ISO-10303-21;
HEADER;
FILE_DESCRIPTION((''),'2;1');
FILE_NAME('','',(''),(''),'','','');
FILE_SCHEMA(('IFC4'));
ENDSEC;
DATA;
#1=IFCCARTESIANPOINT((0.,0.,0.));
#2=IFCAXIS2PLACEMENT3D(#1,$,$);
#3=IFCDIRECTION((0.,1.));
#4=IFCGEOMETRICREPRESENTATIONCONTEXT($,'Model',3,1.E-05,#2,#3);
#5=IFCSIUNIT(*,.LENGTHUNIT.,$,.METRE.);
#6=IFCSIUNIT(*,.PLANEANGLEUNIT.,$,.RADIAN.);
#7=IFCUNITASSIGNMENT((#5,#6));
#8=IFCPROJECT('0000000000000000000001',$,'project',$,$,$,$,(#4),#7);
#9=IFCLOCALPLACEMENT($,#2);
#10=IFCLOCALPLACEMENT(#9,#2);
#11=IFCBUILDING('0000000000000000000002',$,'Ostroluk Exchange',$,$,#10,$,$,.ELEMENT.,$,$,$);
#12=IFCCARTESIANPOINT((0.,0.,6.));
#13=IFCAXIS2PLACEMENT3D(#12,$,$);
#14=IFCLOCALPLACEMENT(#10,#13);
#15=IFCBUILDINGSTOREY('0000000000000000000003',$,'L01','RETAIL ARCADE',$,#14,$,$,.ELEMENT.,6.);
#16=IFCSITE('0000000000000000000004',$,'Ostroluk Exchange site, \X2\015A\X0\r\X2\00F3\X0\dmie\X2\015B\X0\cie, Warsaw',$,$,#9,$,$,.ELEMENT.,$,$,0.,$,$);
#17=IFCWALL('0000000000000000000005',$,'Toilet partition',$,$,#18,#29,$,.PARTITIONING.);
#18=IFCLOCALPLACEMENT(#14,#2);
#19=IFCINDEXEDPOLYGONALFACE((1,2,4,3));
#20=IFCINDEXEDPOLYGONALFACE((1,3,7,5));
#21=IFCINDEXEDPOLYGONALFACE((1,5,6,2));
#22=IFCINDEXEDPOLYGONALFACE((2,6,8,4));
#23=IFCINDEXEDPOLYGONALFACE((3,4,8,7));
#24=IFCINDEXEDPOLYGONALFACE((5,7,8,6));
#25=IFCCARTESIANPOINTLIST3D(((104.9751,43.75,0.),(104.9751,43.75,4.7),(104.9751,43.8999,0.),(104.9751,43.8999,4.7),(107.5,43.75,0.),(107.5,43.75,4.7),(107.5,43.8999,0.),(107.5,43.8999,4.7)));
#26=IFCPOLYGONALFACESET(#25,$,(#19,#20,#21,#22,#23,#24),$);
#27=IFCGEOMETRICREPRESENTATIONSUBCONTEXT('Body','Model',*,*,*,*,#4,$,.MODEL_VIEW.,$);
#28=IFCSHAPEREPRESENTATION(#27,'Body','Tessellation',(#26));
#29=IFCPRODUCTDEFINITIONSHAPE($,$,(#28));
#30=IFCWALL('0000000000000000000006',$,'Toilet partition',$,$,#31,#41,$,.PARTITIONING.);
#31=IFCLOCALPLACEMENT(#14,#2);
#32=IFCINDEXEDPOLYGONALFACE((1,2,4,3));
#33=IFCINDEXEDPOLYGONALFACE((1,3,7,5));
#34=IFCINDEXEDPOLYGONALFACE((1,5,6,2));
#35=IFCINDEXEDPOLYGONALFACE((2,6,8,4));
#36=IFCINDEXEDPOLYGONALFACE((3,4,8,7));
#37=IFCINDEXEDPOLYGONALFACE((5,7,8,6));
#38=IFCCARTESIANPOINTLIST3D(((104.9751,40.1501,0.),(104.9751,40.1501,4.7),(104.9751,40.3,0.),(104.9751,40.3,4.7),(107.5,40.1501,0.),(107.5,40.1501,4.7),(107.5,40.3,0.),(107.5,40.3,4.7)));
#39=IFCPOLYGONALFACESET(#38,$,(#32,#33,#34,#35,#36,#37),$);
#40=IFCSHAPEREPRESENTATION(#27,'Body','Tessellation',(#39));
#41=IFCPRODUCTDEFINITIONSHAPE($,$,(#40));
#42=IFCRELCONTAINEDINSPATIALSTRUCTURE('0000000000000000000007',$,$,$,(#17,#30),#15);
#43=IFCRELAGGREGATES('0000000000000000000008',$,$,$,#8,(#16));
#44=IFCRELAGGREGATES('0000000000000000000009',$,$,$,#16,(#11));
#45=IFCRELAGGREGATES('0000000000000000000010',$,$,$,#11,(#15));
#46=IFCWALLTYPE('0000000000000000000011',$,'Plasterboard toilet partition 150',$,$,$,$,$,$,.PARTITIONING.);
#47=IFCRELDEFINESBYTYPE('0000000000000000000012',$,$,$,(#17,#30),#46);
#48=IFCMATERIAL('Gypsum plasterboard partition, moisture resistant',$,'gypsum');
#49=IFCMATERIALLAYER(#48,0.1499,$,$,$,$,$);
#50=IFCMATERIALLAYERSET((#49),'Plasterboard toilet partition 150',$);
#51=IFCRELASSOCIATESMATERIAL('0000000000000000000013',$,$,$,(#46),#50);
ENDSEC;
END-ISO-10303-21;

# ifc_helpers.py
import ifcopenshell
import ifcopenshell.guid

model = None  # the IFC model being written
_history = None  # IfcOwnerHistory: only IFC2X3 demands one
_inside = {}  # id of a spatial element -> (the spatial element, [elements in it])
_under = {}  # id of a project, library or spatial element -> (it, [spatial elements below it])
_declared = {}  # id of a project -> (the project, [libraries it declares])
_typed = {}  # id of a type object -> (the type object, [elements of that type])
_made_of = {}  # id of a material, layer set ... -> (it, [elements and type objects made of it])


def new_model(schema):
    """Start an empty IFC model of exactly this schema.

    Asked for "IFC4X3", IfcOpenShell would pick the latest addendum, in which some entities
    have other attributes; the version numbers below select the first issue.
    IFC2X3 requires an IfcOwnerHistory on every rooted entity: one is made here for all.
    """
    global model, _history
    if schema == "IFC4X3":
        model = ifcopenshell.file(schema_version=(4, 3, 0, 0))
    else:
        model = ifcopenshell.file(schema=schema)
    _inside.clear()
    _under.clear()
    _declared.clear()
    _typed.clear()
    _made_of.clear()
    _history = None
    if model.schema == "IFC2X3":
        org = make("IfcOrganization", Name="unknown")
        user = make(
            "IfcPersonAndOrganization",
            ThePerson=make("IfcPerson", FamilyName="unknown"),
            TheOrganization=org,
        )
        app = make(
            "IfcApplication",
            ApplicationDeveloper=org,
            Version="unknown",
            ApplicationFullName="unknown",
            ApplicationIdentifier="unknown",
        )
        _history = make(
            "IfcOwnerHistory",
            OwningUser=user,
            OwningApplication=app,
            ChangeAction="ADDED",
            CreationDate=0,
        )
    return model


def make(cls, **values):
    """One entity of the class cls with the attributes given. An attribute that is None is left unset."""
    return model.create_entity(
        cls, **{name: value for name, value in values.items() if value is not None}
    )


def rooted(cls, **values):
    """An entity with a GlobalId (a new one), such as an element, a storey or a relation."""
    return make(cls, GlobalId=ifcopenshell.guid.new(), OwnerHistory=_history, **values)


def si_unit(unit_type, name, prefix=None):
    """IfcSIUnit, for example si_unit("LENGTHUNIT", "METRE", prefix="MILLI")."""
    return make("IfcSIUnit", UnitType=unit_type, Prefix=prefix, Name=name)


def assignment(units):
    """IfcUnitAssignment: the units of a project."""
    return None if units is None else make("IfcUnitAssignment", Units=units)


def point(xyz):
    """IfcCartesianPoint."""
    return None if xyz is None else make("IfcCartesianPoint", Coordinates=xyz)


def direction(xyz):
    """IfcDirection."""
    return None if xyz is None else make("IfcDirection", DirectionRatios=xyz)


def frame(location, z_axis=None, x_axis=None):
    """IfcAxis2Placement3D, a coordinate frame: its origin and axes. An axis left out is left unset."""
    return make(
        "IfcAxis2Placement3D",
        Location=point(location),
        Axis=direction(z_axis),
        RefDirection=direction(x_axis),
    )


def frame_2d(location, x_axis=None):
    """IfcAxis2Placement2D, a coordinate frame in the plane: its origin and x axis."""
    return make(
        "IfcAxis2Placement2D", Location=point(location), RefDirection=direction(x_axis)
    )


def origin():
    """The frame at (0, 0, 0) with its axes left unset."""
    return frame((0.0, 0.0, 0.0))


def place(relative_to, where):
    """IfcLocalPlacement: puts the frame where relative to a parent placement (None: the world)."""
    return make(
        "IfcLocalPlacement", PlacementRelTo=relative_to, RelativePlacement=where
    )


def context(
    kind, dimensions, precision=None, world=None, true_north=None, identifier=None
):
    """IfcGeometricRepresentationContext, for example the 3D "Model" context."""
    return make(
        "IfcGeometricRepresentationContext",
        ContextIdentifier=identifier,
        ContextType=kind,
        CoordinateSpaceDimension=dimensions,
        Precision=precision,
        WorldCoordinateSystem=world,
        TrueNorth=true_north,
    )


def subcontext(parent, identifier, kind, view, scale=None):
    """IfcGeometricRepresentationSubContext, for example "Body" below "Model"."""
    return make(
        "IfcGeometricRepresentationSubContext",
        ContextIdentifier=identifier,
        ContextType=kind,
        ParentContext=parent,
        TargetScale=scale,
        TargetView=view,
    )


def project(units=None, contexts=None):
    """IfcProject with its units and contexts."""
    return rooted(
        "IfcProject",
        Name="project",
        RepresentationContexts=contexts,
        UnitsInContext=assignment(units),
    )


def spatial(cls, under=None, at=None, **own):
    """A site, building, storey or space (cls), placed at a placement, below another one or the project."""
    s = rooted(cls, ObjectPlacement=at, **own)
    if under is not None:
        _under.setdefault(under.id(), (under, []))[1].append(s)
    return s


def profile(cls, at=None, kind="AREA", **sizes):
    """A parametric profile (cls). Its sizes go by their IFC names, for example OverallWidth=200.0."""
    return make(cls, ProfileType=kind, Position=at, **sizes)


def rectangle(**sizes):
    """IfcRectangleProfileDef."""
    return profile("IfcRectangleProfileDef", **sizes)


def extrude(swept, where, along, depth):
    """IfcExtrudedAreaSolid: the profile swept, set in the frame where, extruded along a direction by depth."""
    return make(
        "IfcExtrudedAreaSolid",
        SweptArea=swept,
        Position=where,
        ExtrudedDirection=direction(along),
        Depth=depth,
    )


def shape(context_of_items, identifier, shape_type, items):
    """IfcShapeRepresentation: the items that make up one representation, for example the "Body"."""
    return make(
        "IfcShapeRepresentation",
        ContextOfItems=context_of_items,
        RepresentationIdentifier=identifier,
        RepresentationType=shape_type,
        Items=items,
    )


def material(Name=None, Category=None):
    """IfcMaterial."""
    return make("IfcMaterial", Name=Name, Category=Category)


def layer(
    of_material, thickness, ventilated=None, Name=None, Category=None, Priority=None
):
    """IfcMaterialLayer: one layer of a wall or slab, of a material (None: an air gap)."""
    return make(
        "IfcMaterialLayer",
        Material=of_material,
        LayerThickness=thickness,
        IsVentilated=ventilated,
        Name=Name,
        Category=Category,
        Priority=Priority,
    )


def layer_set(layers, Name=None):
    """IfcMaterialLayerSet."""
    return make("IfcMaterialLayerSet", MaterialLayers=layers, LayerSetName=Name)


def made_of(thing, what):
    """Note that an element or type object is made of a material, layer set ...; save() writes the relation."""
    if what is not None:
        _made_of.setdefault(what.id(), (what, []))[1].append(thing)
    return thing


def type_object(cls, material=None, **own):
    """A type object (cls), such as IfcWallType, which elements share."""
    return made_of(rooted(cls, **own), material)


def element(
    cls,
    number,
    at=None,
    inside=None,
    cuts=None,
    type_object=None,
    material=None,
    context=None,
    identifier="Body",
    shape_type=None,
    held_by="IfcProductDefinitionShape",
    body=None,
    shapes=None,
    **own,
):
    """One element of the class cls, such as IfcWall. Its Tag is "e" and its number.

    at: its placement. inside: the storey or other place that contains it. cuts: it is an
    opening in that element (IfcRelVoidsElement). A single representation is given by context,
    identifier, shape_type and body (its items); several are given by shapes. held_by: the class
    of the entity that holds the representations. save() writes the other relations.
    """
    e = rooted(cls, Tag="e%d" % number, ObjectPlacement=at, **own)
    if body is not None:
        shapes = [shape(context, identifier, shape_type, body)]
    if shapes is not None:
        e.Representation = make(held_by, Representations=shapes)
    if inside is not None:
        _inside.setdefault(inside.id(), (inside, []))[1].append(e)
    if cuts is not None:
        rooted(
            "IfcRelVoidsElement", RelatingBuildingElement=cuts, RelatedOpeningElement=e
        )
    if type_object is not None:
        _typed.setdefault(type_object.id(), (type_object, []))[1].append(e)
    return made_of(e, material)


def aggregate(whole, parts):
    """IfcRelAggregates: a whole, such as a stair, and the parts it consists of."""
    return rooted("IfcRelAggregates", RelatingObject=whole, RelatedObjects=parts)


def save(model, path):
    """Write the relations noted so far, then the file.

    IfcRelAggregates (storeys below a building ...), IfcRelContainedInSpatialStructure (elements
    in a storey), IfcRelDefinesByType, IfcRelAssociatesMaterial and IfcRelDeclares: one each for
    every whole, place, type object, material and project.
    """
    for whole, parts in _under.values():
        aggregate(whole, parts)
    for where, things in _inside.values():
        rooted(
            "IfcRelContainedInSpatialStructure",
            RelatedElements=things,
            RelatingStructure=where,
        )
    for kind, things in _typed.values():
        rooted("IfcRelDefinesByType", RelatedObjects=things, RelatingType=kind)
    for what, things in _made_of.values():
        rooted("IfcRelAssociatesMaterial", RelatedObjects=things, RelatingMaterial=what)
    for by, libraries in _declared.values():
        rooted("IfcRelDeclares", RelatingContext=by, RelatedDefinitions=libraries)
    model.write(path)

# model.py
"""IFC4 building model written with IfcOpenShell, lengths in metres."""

from ifc_helpers import new_model, si_unit, direction, frame, frame_2d, origin, place, context, subcontext, project, spatial, rectangle, extrude, material, layer, layer_set, type_object, element, save


model = new_model("IFC4")

# Units and contexts
model_context = context("Model", 3, precision=1e-05, world=origin(), true_north=direction((0.0, 1.0)))
body_context = subcontext(model_context, "Body", "Model", "MODEL_VIEW")
ifc_project = project(units=[si_unit("LENGTHUNIT", "METRE"), si_unit("PLANEANGLEUNIT", "RADIAN")], contexts=[model_context])

# Site, building, storey
site_placement = place(None, origin())
site = spatial("IfcSite", under=ifc_project, at=site_placement, Name="Ostroluk Exchange site, Śródmieście, Warsaw", CompositionType="ELEMENT", RefElevation=0.0)
building_placement = place(site_placement, origin())
building = spatial("IfcBuilding", under=site, at=building_placement, Name="Ostroluk Exchange", CompositionType="ELEMENT")
storey_placement = place(building_placement, frame((0.0, 0.0, 6.0)))
storey = spatial("IfcBuildingStorey", under=building, at=storey_placement, Name="L01", Description="RETAIL ARCADE", CompositionType="ELEMENT", Elevation=6.0)

# Shared definitions
ifc_material_1 = material(Name="Gypsum plasterboard partition, moisture resistant", Category="gypsum")
ifc_layer_1 = layer(ifc_material_1, 0.1499)
ifc_layer_set_1 = layer_set([ifc_layer_1], Name="Plasterboard toilet partition 150")
wall_type_1 = type_object("IfcWallType", Name="Plasterboard toilet partition 150", PredefinedType="PARTITIONING", material=ifc_layer_set_1)

# Walls
for number, where, z_axis, x_axis, name in (
    (1, (104.9751, 43.825, 0.0), (0.0, 0.0, 1.0), (1.0, 0.0, 0.0), "Toilet partition"),
    (2, (104.9751, 40.2251, 0.0), (0.0, 0.0, 1.0), (1.0, 0.0, 0.0), "Toilet partition"),
):
    element("IfcWall", number, at=place(storey_placement, frame(where, z_axis=z_axis, x_axis=x_axis)), inside=storey, type_object=wall_type_1, Name=name, PredefinedType="PARTITIONING", context=body_context, shape_type="SweptSolid", body=[
        extrude(rectangle(XDim=2.5249, YDim=0.1499, at=frame_2d((1.2625, 0.0))), origin(), (0.0, 0.0, 1.0), 4.7),
    ])

save(model, "model.ifc")
